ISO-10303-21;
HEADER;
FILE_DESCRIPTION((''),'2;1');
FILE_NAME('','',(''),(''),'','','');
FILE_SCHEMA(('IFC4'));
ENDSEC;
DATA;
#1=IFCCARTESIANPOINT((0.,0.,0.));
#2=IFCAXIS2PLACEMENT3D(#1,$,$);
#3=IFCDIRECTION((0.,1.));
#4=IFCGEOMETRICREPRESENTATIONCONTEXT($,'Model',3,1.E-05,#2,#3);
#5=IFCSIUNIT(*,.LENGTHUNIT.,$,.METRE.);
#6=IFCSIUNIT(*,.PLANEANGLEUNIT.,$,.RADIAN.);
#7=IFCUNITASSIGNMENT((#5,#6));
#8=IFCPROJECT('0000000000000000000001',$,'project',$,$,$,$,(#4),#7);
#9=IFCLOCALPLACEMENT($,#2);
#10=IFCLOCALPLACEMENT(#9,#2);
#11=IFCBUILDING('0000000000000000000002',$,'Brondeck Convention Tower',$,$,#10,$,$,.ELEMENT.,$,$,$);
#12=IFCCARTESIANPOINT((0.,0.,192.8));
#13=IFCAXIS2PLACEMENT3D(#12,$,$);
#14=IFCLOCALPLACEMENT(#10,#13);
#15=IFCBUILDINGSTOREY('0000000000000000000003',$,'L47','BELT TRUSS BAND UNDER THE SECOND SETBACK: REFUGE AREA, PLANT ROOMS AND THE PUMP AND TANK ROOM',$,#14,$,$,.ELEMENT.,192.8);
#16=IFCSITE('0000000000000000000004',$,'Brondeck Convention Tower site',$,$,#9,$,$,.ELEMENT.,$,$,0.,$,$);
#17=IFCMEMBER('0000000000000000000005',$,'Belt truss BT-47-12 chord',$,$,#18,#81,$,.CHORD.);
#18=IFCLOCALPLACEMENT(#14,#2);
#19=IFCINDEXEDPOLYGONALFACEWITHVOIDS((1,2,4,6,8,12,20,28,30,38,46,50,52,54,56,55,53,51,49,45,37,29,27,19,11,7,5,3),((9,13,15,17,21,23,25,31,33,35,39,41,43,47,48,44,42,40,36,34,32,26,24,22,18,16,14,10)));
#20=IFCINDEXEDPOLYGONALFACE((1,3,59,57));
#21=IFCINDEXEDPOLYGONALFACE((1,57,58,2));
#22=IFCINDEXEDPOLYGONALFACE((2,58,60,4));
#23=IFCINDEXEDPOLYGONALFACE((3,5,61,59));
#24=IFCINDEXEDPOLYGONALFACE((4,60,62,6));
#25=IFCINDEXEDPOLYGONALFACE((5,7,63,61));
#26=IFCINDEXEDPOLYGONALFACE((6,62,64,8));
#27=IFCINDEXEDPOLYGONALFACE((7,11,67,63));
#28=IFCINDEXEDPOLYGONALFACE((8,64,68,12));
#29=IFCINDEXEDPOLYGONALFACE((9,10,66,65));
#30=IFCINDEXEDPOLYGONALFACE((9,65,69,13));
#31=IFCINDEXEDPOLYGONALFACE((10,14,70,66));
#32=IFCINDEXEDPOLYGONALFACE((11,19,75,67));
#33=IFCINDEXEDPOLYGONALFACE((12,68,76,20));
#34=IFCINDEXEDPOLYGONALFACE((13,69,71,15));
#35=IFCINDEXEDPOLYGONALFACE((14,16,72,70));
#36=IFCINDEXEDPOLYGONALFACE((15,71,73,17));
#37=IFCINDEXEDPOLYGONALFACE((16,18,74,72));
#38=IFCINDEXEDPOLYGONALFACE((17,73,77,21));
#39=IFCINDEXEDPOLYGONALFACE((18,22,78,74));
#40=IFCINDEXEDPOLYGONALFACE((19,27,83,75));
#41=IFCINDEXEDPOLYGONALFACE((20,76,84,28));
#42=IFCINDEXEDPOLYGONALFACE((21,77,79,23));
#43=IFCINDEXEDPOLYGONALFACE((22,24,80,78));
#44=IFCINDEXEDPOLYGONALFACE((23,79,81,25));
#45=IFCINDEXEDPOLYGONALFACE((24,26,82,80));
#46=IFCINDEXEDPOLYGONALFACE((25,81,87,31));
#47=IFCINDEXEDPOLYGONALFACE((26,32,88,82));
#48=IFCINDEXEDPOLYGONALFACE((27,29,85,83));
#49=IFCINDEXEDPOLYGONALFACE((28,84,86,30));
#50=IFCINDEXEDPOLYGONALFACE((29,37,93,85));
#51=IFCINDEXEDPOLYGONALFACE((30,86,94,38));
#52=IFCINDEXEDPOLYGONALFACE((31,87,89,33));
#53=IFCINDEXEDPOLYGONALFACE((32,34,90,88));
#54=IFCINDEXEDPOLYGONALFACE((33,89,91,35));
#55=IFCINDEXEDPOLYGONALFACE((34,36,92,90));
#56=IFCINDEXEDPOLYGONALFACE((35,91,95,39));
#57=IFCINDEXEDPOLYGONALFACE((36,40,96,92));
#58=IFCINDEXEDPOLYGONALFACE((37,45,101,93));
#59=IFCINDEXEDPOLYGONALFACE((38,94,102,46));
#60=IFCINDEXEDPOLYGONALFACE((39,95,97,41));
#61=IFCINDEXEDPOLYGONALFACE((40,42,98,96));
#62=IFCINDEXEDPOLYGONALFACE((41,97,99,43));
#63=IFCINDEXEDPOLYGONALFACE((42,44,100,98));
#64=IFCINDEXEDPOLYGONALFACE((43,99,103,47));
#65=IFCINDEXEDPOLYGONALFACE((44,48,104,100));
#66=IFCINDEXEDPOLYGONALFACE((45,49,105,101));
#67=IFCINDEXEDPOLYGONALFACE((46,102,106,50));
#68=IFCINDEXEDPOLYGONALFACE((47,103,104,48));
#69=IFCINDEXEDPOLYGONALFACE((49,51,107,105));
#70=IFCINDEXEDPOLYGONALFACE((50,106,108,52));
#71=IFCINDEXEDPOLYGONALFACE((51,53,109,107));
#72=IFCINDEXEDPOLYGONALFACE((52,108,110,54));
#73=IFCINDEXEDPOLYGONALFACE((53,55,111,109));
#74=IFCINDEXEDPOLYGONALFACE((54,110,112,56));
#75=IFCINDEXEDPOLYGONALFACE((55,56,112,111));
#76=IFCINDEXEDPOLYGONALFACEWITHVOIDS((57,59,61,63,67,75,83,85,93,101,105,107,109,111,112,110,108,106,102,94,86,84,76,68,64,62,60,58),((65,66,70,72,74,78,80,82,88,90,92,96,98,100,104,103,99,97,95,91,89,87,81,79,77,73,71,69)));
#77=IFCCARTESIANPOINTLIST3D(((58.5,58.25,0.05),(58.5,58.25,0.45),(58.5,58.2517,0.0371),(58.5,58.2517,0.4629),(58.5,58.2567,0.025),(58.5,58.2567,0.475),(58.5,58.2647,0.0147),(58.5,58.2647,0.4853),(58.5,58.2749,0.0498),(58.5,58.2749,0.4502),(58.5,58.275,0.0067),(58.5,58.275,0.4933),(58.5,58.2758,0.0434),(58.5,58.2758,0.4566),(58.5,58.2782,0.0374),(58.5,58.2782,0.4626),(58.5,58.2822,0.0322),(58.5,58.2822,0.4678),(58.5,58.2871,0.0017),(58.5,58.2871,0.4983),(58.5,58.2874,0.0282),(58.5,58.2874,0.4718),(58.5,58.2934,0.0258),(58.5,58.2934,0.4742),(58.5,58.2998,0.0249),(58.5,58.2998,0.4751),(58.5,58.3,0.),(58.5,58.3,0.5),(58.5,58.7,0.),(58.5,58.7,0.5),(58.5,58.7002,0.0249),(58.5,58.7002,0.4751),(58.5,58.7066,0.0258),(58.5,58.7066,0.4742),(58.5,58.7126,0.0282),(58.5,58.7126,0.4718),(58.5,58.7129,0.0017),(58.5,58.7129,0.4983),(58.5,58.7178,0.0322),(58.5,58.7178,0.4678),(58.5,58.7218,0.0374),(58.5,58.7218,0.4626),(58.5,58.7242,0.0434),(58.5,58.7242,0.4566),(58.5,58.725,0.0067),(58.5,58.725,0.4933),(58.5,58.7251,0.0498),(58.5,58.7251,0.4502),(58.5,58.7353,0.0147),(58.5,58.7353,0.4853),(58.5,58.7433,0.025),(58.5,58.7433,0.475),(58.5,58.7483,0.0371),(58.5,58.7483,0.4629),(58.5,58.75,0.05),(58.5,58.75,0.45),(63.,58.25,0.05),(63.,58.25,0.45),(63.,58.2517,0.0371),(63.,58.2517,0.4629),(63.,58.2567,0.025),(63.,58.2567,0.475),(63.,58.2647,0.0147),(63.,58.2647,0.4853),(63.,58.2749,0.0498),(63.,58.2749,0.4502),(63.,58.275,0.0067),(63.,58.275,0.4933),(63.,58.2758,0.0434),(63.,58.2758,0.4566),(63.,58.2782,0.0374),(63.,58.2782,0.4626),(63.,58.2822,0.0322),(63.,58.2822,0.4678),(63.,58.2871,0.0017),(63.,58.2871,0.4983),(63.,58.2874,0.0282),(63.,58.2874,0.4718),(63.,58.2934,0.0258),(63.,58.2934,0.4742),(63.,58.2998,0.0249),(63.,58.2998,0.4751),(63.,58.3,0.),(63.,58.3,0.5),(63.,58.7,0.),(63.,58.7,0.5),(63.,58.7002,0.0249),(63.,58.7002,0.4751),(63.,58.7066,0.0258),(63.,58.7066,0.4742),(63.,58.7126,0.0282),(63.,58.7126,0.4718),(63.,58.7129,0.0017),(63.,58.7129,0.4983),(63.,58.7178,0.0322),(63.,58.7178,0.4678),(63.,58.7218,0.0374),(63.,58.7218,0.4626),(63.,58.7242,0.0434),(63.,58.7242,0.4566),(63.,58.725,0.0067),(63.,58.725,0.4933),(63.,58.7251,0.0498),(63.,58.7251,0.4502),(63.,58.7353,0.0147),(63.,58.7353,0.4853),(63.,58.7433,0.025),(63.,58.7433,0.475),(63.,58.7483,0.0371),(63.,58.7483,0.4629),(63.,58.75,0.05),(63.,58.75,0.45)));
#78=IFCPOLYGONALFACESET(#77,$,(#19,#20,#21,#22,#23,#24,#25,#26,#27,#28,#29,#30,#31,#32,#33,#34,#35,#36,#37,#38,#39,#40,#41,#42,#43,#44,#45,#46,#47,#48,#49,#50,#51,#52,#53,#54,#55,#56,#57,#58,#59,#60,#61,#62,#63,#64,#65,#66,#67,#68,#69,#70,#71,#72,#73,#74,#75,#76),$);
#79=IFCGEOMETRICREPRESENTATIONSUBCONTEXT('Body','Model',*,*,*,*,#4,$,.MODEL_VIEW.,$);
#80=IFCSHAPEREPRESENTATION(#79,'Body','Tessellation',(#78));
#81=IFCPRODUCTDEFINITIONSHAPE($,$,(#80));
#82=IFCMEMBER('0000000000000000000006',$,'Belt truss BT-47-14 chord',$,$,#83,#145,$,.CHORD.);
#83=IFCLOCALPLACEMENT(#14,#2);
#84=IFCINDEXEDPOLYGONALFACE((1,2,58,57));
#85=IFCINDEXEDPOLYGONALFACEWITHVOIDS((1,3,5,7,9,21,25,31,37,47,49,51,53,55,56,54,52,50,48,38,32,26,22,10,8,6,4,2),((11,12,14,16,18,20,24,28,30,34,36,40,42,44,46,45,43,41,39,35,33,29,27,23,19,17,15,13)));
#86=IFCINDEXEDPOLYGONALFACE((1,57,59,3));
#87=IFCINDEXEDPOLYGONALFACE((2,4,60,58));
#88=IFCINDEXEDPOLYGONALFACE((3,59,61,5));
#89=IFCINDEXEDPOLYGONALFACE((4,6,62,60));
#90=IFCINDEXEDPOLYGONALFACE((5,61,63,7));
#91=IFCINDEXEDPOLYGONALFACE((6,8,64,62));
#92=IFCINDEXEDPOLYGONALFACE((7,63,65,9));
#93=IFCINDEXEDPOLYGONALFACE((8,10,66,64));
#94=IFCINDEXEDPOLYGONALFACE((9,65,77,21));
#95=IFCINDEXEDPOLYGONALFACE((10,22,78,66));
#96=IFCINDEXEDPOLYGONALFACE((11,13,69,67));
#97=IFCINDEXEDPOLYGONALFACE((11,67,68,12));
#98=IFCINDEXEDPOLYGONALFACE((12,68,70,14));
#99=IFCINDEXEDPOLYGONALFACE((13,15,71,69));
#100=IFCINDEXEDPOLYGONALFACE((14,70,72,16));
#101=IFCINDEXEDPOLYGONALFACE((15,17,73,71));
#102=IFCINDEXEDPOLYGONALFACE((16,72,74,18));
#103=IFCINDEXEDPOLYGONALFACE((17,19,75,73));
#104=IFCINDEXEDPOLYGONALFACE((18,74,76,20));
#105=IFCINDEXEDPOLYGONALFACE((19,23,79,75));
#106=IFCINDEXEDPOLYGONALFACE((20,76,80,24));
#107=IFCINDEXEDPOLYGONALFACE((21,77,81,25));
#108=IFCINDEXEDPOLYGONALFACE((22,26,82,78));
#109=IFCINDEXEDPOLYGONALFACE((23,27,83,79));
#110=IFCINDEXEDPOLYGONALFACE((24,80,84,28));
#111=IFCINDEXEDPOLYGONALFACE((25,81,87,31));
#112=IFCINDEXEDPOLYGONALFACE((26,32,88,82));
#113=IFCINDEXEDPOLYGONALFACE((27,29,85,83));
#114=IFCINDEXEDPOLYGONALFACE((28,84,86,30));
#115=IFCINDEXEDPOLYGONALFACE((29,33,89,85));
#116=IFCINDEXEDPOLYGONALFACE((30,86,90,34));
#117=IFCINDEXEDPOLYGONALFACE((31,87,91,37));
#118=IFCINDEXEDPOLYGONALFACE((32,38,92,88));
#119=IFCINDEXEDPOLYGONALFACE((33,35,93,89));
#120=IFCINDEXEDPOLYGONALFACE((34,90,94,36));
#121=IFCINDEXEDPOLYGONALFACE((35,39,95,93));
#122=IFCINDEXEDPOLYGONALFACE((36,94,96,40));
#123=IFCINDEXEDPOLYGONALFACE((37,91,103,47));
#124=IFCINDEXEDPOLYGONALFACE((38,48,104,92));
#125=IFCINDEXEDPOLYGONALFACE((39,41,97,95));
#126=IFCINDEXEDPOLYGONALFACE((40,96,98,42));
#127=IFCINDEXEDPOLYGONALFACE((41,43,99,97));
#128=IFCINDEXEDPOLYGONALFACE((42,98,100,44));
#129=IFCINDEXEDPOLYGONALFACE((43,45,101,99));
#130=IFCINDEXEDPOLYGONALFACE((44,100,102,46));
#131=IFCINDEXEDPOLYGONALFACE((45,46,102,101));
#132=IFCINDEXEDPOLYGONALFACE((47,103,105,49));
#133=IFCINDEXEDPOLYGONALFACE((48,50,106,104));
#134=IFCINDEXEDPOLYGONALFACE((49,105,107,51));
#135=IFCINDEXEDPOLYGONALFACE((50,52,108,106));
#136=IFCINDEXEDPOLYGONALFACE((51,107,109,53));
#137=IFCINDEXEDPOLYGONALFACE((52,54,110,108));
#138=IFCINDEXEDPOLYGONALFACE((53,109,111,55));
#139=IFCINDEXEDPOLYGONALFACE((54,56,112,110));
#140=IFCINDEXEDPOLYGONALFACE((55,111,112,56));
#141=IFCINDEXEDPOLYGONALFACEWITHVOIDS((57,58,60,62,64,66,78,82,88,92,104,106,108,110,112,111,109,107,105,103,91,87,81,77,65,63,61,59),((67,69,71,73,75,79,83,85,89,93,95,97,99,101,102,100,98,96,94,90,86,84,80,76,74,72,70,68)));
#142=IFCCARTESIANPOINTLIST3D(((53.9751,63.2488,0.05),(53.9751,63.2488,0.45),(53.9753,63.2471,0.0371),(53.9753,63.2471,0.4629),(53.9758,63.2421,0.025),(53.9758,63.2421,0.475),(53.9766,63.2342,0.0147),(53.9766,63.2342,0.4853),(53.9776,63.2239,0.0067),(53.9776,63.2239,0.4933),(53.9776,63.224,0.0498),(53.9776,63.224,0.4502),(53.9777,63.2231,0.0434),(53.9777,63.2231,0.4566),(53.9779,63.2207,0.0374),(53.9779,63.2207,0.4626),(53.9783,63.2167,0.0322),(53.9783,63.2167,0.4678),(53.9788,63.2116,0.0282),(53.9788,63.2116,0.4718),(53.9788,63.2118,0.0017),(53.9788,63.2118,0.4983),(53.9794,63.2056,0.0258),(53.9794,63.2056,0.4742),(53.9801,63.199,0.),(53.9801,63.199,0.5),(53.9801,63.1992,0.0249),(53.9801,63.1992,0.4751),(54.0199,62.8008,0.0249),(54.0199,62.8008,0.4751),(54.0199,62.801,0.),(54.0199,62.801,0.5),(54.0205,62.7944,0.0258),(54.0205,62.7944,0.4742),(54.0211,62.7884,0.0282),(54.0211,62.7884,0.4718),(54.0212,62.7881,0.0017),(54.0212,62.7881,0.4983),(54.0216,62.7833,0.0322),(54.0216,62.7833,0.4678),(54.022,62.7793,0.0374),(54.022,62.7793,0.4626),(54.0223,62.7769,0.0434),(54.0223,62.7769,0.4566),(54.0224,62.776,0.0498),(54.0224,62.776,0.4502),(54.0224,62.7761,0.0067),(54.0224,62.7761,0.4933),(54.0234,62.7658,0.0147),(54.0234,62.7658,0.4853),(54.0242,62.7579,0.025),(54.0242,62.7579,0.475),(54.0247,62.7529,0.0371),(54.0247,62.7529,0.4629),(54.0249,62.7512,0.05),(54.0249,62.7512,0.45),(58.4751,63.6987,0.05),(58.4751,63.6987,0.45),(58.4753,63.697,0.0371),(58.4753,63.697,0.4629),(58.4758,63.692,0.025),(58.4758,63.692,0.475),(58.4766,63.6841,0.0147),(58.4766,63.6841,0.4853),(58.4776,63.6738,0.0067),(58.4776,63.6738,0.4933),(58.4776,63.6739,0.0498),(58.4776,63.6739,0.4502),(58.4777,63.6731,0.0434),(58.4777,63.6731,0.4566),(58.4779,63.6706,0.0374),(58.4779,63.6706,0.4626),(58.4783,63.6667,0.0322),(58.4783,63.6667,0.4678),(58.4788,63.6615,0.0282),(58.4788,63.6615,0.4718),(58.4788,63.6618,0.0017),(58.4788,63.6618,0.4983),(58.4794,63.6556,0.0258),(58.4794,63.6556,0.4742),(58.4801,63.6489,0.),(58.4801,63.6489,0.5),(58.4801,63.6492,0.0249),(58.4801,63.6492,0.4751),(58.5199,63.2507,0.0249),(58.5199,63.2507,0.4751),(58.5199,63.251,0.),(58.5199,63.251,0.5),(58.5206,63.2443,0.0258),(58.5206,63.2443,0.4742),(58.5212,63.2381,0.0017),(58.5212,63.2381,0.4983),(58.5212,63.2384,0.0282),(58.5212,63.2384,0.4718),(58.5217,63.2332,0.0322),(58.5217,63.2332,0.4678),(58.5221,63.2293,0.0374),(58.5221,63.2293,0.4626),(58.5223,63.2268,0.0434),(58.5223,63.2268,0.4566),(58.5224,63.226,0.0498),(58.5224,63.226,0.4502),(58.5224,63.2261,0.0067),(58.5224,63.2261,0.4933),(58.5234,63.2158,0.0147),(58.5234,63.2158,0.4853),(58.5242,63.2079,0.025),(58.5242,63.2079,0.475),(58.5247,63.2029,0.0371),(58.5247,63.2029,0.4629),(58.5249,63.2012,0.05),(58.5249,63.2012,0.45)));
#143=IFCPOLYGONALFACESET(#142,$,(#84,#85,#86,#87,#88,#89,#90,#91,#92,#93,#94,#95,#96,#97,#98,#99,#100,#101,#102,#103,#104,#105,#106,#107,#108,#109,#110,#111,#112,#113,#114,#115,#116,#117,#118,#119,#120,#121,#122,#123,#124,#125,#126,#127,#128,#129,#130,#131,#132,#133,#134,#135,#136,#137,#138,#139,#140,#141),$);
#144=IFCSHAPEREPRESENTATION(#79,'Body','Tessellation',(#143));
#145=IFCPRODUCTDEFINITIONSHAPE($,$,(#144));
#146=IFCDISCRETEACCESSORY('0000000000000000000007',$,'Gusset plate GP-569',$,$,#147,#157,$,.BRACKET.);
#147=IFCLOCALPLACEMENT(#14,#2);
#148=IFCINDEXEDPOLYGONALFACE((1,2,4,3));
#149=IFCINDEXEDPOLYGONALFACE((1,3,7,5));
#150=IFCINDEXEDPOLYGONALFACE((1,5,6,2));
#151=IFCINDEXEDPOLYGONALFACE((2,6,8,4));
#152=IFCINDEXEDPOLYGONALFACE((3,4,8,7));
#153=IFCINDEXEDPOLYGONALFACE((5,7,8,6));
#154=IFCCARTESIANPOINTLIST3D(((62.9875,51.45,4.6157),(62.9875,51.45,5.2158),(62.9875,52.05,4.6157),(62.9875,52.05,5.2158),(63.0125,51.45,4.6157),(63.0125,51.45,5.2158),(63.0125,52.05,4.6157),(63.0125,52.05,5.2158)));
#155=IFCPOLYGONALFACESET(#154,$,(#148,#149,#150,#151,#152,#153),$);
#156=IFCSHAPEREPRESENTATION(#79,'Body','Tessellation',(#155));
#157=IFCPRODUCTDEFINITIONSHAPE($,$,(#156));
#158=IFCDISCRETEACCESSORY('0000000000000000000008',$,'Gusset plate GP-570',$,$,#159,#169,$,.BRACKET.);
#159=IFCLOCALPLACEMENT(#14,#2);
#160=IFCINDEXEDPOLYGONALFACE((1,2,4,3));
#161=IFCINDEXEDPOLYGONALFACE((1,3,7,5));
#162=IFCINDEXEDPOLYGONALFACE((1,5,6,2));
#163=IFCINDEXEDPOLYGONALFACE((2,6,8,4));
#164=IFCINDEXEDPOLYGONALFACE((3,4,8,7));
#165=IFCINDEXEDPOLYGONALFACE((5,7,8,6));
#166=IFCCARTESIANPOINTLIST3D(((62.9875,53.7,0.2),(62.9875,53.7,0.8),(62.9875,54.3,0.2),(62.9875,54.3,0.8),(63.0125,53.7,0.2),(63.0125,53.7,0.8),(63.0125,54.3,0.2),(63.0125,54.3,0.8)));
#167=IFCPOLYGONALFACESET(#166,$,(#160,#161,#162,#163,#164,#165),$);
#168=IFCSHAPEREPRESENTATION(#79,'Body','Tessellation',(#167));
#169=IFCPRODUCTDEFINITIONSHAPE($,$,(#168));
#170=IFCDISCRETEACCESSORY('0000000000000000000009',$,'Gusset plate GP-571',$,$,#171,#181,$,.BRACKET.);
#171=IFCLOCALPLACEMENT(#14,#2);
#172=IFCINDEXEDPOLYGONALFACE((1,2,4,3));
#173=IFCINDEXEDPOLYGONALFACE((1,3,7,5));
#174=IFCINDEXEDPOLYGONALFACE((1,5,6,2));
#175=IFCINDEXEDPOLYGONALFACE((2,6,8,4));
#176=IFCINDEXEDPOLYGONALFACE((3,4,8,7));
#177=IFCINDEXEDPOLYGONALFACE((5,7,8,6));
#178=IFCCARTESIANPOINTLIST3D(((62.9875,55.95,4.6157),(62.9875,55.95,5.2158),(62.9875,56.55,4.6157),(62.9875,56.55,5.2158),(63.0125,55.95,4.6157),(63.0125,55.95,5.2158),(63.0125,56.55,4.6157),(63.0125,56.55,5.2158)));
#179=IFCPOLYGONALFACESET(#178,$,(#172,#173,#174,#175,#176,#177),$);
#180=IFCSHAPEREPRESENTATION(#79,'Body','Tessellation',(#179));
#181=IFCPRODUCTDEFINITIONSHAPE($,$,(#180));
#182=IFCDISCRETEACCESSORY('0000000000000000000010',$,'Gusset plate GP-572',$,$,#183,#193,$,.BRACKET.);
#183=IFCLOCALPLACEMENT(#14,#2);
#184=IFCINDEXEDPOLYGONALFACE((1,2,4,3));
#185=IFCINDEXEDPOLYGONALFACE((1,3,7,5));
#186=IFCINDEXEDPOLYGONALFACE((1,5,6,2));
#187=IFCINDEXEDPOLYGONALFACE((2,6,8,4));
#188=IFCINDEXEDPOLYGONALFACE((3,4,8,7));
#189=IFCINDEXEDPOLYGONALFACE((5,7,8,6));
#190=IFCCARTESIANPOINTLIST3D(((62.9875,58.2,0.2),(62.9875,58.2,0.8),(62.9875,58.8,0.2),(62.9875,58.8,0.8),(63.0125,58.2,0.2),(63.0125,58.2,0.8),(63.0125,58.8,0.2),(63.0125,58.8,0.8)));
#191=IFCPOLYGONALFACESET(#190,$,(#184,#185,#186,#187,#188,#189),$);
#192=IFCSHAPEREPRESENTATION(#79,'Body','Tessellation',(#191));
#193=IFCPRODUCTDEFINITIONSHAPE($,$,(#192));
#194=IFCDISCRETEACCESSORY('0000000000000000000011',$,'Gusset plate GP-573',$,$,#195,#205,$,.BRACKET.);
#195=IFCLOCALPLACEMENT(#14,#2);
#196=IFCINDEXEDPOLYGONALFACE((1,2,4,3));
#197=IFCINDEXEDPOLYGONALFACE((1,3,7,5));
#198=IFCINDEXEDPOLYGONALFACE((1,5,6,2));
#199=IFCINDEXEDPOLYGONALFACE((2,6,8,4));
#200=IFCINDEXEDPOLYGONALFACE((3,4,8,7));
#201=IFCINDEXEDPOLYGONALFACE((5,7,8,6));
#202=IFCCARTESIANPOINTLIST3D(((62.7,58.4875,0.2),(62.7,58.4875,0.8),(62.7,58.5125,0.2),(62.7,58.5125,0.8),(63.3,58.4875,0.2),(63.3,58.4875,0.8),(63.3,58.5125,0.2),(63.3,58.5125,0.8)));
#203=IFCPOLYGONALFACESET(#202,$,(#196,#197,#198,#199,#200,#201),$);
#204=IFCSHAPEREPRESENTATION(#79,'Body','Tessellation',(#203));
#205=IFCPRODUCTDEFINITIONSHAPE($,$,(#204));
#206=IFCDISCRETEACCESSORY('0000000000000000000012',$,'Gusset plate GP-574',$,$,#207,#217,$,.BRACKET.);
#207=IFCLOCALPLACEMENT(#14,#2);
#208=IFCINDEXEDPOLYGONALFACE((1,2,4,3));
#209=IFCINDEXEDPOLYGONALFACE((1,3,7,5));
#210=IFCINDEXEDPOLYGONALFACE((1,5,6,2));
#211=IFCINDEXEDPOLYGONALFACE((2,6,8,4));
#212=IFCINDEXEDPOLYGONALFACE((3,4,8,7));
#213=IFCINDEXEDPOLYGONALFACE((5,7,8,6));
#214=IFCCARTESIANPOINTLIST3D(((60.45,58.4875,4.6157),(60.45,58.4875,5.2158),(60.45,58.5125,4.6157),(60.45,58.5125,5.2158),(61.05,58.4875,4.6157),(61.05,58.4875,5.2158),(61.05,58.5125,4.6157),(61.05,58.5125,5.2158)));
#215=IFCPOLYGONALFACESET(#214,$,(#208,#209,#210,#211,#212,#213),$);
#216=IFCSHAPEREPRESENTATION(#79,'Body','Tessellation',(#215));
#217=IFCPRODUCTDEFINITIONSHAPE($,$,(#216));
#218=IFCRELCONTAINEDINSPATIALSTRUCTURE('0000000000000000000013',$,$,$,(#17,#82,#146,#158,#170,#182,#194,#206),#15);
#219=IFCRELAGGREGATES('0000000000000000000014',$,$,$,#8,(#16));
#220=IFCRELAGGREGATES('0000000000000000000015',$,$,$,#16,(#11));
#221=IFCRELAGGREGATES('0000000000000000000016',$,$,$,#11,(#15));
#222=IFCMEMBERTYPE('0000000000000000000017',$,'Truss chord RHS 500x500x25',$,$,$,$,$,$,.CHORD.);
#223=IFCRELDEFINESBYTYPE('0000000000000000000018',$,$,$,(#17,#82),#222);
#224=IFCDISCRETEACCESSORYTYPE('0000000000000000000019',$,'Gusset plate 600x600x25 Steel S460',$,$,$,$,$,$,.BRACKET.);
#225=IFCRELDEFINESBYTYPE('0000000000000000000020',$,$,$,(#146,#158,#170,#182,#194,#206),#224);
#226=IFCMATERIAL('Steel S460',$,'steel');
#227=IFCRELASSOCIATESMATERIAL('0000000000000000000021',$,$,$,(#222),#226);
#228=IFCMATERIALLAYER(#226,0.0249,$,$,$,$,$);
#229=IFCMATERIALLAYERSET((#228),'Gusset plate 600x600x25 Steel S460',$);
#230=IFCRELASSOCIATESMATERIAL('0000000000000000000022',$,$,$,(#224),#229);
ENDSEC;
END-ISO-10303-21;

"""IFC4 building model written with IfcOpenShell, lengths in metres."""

from ifc_helpers import new_model, si_unit, direction, frame, origin, origin_2d, place, context, subcontext, project, spatial, rectangle, hollow_rectangle, extrude, material, layer, layer_set, material_profile, profile_set, type_object, element, save


model = new_model("IFC4")

# Units and contexts
model_context = context("Model", 3, precision=1e-05, world=origin(), true_north=direction((0.0, 1.0)))
body_context = subcontext(model_context, "Body", "Model", "MODEL_VIEW")
ifc_project = project(units=[si_unit("LENGTHUNIT", "METRE"), si_unit("PLANEANGLEUNIT", "RADIAN")], contexts=[model_context])

# Site, building, storey
site_placement = place(None, origin())
site = spatial("IfcSite", under=ifc_project, at=site_placement, Name="Brondeck Convention Tower site", CompositionType="ELEMENT", RefElevation=0.0)
building_placement = place(site_placement, origin())
building = spatial("IfcBuilding", under=site, at=building_placement, Name="Brondeck Convention Tower", CompositionType="ELEMENT")
storey_placement = place(building_placement, frame((0.0, 0.0, 192.8)))
storey = spatial("IfcBuildingStorey", under=building, at=storey_placement, Name="L47", Description="BELT TRUSS BAND UNDER THE SECOND SETBACK: REFUGE AREA, PLANT ROOMS AND THE PUMP AND TANK ROOM", CompositionType="ELEMENT", Elevation=192.8)

# Shared definitions
ifc_material_1 = material(Name="Steel S460", Category="steel")

# Members
ifc_material_profile_1 = material_profile(ifc_material_1, hollow_rectangle(XDim=0.5, YDim=0.5, WallThickness=0.0249, InnerFilletRadius=0.0249, OuterFilletRadius=0.05, at=origin_2d()), Name="RHS 500x500x25")
ifc_profile_set_1 = profile_set([ifc_material_profile_1], Name="Steel S460")
member_type_1 = type_object("IfcMemberType", Name="Truss chord RHS 500x500x25", PredefinedType="CHORD", material=ifc_profile_set_1)
member_1_placement = place(storey_placement, frame((63.0, 58.5, 0.25), z_axis=(-1.0, 0.0, 0.0), x_axis=(0.0, -1.0, 0.0)))
element("IfcMember", 1, at=member_1_placement, inside=storey, type_object=member_type_1, Name="Belt truss BT-47-12 chord", PredefinedType="CHORD", context=body_context, shape_type="SweptSolid", body=[
    extrude(hollow_rectangle(XDim=0.5, YDim=0.5, WallThickness=0.0249, InnerFilletRadius=0.0249, OuterFilletRadius=0.05, at=origin_2d()), origin(), (0.0, 0.0, 1.0), 4.5),
])
member_2_placement = place(storey_placement, frame((58.5, 63.45, 0.25), z_axis=(-0.995038, -0.099493, 0.0), x_axis=(0.099493, -0.995038, 0.0)))
element("IfcMember", 2, at=member_2_placement, inside=storey, type_object=member_type_1, Name="Belt truss BT-47-14 chord", PredefinedType="CHORD", context=body_context, shape_type="SweptSolid", body=[
    extrude(hollow_rectangle(XDim=0.5, YDim=0.5, WallThickness=0.0249, InnerFilletRadius=0.0249, OuterFilletRadius=0.05, at=origin_2d()), origin(), (0.0, 0.0, 1.0), 4.5225),
])

# Discrete accessories
ifc_layer = layer(ifc_material_1, 0.0249)
ifc_layer_set = layer_set([ifc_layer], Name="Gusset plate 600x600x25 Steel S460")
discrete_accessory_type = type_object("IfcDiscreteAccessoryType", Name="Gusset plate 600x600x25 Steel S460", PredefinedType="BRACKET", material=ifc_layer_set)
for number, where, z_axis, x_axis, name in (
    (3, (63.0, 51.75, 4.6157), (0.0, 0.0, 1.0), (0.0, 1.0, 0.0), "Gusset plate GP-569"),
    (4, (63.0, 54.0, 0.2), (0.0, 0.0, 1.0), (0.0, 1.0, 0.0), "Gusset plate GP-570"),
    (5, (63.0, 56.25, 4.6157), (0.0, 0.0, 1.0), (0.0, 1.0, 0.0), "Gusset plate GP-571"),
    (6, (63.0, 58.5, 0.2), (0.0, 0.0, 1.0), (0.0, 1.0, 0.0), "Gusset plate GP-572"),
    (7, (63.0, 58.5, 0.2), (0.0, 0.0, 1.0), (1.0, 0.0, 0.0), "Gusset plate GP-573"),
    (8, (60.75, 58.5, 4.6157), (0.0, 0.0, 1.0), (1.0, 0.0, 0.0), "Gusset plate GP-574"),
):
    element("IfcDiscreteAccessory", number, at=place(storey_placement, frame(where, z_axis=z_axis, x_axis=x_axis)), inside=storey, type_object=discrete_accessory_type, Name=name, PredefinedType="BRACKET", context=body_context, shape_type="SweptSolid", body=[
        extrude(rectangle(XDim=0.6001, YDim=0.0249, at=origin_2d()), origin(), (0.0, 0.0, 1.0), 0.6001),
    ])

save(model, "model.ifc")
